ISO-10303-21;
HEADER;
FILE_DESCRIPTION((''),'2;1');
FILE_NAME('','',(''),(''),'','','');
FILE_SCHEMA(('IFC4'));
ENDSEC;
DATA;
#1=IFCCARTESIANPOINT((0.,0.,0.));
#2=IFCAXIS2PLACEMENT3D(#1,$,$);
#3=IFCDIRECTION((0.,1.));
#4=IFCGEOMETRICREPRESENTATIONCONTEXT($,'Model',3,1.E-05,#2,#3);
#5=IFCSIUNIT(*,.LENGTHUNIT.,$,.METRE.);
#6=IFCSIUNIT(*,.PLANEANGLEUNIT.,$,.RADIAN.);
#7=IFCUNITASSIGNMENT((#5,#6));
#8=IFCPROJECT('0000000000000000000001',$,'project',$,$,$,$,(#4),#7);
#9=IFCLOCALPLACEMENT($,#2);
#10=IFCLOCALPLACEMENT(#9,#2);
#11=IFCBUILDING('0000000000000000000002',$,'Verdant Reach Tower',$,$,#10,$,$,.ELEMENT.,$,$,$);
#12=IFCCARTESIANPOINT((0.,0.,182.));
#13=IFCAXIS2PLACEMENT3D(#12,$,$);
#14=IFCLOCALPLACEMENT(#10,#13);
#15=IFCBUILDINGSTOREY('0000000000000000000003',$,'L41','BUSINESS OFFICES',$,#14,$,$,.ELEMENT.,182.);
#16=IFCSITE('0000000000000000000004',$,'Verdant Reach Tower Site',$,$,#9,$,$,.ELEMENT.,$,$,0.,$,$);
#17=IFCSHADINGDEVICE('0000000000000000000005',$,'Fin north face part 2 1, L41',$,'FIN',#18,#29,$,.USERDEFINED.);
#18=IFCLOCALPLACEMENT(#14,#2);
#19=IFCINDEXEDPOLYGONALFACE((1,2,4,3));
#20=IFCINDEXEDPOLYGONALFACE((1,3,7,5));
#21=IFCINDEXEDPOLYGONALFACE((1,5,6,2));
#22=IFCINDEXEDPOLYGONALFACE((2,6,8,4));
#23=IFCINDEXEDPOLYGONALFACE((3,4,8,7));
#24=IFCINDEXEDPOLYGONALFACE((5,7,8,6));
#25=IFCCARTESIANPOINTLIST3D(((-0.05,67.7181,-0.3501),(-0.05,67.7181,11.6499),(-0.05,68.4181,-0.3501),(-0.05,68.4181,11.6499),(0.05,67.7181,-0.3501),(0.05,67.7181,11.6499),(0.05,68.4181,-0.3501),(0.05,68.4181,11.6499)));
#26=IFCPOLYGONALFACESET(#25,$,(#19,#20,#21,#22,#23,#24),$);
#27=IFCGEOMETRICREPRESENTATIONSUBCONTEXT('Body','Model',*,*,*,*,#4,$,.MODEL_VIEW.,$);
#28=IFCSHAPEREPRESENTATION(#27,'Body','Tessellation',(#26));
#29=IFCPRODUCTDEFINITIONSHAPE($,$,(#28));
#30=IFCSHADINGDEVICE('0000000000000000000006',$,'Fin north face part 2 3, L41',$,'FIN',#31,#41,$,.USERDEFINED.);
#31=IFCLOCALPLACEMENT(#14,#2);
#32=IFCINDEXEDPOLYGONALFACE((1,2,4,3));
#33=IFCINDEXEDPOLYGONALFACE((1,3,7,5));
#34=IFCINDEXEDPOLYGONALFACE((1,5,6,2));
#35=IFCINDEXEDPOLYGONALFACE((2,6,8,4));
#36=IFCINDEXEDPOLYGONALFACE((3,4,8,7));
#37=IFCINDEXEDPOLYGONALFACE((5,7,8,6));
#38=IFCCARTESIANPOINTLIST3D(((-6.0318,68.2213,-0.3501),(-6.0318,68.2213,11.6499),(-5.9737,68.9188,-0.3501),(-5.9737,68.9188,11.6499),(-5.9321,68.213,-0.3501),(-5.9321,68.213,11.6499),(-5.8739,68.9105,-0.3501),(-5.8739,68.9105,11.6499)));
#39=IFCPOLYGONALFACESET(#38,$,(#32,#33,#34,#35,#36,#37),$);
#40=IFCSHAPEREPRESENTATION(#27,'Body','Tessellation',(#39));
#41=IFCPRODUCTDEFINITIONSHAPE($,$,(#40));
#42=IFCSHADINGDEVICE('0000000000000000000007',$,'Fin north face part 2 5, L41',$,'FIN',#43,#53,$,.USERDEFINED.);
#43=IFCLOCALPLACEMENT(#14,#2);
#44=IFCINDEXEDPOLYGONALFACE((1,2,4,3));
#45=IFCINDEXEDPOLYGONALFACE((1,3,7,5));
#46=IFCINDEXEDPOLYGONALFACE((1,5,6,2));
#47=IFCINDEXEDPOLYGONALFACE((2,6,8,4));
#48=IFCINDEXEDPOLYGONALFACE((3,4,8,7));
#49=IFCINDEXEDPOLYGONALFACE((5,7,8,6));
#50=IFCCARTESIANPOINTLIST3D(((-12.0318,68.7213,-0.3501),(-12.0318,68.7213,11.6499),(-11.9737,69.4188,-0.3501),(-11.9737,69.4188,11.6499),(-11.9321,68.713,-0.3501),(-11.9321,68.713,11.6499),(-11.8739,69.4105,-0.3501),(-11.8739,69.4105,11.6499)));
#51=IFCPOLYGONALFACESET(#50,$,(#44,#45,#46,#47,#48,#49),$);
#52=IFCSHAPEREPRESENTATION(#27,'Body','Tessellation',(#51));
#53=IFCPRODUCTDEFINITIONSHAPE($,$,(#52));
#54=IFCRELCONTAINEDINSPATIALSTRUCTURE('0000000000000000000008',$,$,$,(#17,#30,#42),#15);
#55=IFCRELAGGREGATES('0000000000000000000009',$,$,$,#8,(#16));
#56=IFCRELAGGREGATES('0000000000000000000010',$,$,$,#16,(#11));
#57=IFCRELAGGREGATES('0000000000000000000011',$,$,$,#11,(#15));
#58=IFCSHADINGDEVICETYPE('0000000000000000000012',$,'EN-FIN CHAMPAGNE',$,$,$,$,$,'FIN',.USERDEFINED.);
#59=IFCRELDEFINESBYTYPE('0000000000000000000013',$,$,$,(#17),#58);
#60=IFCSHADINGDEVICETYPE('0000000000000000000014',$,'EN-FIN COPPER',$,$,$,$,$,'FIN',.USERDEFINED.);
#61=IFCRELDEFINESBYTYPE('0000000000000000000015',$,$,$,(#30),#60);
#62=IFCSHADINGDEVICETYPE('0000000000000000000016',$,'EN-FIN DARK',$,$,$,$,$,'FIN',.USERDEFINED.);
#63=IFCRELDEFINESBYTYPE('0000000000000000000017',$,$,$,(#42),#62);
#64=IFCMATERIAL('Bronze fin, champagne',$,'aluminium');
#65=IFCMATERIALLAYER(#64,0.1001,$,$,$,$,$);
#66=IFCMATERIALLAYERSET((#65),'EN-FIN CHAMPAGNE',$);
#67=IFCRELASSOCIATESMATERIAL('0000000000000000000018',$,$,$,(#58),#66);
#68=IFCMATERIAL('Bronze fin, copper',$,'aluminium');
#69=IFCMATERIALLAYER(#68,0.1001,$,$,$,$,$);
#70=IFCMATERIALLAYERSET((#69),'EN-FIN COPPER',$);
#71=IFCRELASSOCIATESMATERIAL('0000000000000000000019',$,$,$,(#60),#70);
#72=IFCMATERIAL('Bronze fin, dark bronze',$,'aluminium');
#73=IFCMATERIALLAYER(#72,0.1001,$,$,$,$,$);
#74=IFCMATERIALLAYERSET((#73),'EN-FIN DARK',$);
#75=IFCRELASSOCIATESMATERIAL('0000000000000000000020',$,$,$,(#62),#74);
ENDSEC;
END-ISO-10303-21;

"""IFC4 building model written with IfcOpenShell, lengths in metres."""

from ifc_helpers import new_model, si_unit, direction, frame, origin, origin_2d, place, context, subcontext, project, spatial, rectangle, extrude, material, layer, layer_set, type_object, element, save


model = new_model("IFC4")

# Units and contexts
model_context = context("Model", 3, precision=1e-05, world=origin(), true_north=direction((0.0, 1.0)))
body_context = subcontext(model_context, "Body", "Model", "MODEL_VIEW")
ifc_project = project(units=[si_unit("LENGTHUNIT", "METRE"), si_unit("PLANEANGLEUNIT", "RADIAN")], contexts=[model_context])

# Site, building, storey
site_placement = place(None, origin())
site = spatial("IfcSite", under=ifc_project, at=site_placement, Name="Verdant Reach Tower Site", CompositionType="ELEMENT", RefElevation=0.0)
building_placement = place(site_placement, origin())
building = spatial("IfcBuilding", under=site, at=building_placement, Name="Verdant Reach Tower", CompositionType="ELEMENT")
storey_placement = place(building_placement, frame((0.0, 0.0, 182.0)))
storey = spatial("IfcBuildingStorey", under=building, at=storey_placement, Name="L41", Description="BUSINESS OFFICES", CompositionType="ELEMENT", Elevation=182.0)

# Shading devices
ifc_material_1 = material(Name="Bronze fin, champagne", Category="aluminium")
ifc_layer_1 = layer(ifc_material_1, 0.1001)
ifc_layer_set_1 = layer_set([ifc_layer_1], Name="EN-FIN CHAMPAGNE")
shading_device_type_1 = type_object("IfcShadingDeviceType", Name="EN-FIN CHAMPAGNE", ElementType="FIN", PredefinedType="USERDEFINED", material=ifc_layer_set_1)
shading_device_1_placement = place(storey_placement, frame((0.0, 68.0681, -0.3501), z_axis=(0.0, 0.0, 1.0), x_axis=(-1.0, 0.0, 0.0)))
element("IfcShadingDevice", 1, at=shading_device_1_placement, inside=storey, type_object=shading_device_type_1, Name="Fin north face part 2 1, L41", ObjectType="FIN", PredefinedType="USERDEFINED", context=body_context, shape_type="SweptSolid", body=[
    extrude(rectangle(XDim=0.1001, YDim=0.7, at=origin_2d()), origin(), (0.0, 0.0, 1.0), 12.0),
])
ifc_material_2 = material(Name="Bronze fin, copper", Category="aluminium")
ifc_layer_2 = layer(ifc_material_2, 0.1001)
ifc_layer_set_2 = layer_set([ifc_layer_2], Name="EN-FIN COPPER")
shading_device_type_2 = type_object("IfcShadingDeviceType", Name="EN-FIN COPPER", ElementType="FIN", PredefinedType="USERDEFINED", material=ifc_layer_set_2)
shading_device_2_placement = place(storey_placement, frame((-5.9529, 68.5659, -0.3501), z_axis=(0.0, 0.0, 1.0), x_axis=(-0.996546, 0.083045, 0.0)))
element("IfcShadingDevice", 2, at=shading_device_2_placement, inside=storey, type_object=shading_device_type_2, Name="Fin north face part 2 3, L41", ObjectType="FIN", PredefinedType="USERDEFINED", context=body_context, shape_type="SweptSolid", body=[
    extrude(rectangle(XDim=0.1001, YDim=0.7, at=origin_2d()), origin(), (0.0, 0.0, 1.0), 12.0),
])
ifc_material_3 = material(Name="Bronze fin, dark bronze", Category="aluminium")
ifc_layer_3 = layer(ifc_material_3, 0.1001)
ifc_layer_set_3 = layer_set([ifc_layer_3], Name="EN-FIN DARK")
shading_device_type_3 = type_object("IfcShadingDeviceType", Name="EN-FIN DARK", ElementType="FIN", PredefinedType="USERDEFINED", material=ifc_layer_set_3)
shading_device_3_placement = place(storey_placement, frame((-11.9529, 69.0659, -0.3501), z_axis=(0.0, 0.0, 1.0), x_axis=(-0.996546, 0.083045, 0.0)))
element("IfcShadingDevice", 3, at=shading_device_3_placement, inside=storey, type_object=shading_device_type_3, Name="Fin north face part 2 5, L41", ObjectType="FIN", PredefinedType="USERDEFINED", context=body_context, shape_type="SweptSolid", body=[
    extrude(rectangle(XDim=0.1001, YDim=0.7, at=origin_2d()), origin(), (0.0, 0.0, 1.0), 12.0),
])

save(model, "model.ifc")
